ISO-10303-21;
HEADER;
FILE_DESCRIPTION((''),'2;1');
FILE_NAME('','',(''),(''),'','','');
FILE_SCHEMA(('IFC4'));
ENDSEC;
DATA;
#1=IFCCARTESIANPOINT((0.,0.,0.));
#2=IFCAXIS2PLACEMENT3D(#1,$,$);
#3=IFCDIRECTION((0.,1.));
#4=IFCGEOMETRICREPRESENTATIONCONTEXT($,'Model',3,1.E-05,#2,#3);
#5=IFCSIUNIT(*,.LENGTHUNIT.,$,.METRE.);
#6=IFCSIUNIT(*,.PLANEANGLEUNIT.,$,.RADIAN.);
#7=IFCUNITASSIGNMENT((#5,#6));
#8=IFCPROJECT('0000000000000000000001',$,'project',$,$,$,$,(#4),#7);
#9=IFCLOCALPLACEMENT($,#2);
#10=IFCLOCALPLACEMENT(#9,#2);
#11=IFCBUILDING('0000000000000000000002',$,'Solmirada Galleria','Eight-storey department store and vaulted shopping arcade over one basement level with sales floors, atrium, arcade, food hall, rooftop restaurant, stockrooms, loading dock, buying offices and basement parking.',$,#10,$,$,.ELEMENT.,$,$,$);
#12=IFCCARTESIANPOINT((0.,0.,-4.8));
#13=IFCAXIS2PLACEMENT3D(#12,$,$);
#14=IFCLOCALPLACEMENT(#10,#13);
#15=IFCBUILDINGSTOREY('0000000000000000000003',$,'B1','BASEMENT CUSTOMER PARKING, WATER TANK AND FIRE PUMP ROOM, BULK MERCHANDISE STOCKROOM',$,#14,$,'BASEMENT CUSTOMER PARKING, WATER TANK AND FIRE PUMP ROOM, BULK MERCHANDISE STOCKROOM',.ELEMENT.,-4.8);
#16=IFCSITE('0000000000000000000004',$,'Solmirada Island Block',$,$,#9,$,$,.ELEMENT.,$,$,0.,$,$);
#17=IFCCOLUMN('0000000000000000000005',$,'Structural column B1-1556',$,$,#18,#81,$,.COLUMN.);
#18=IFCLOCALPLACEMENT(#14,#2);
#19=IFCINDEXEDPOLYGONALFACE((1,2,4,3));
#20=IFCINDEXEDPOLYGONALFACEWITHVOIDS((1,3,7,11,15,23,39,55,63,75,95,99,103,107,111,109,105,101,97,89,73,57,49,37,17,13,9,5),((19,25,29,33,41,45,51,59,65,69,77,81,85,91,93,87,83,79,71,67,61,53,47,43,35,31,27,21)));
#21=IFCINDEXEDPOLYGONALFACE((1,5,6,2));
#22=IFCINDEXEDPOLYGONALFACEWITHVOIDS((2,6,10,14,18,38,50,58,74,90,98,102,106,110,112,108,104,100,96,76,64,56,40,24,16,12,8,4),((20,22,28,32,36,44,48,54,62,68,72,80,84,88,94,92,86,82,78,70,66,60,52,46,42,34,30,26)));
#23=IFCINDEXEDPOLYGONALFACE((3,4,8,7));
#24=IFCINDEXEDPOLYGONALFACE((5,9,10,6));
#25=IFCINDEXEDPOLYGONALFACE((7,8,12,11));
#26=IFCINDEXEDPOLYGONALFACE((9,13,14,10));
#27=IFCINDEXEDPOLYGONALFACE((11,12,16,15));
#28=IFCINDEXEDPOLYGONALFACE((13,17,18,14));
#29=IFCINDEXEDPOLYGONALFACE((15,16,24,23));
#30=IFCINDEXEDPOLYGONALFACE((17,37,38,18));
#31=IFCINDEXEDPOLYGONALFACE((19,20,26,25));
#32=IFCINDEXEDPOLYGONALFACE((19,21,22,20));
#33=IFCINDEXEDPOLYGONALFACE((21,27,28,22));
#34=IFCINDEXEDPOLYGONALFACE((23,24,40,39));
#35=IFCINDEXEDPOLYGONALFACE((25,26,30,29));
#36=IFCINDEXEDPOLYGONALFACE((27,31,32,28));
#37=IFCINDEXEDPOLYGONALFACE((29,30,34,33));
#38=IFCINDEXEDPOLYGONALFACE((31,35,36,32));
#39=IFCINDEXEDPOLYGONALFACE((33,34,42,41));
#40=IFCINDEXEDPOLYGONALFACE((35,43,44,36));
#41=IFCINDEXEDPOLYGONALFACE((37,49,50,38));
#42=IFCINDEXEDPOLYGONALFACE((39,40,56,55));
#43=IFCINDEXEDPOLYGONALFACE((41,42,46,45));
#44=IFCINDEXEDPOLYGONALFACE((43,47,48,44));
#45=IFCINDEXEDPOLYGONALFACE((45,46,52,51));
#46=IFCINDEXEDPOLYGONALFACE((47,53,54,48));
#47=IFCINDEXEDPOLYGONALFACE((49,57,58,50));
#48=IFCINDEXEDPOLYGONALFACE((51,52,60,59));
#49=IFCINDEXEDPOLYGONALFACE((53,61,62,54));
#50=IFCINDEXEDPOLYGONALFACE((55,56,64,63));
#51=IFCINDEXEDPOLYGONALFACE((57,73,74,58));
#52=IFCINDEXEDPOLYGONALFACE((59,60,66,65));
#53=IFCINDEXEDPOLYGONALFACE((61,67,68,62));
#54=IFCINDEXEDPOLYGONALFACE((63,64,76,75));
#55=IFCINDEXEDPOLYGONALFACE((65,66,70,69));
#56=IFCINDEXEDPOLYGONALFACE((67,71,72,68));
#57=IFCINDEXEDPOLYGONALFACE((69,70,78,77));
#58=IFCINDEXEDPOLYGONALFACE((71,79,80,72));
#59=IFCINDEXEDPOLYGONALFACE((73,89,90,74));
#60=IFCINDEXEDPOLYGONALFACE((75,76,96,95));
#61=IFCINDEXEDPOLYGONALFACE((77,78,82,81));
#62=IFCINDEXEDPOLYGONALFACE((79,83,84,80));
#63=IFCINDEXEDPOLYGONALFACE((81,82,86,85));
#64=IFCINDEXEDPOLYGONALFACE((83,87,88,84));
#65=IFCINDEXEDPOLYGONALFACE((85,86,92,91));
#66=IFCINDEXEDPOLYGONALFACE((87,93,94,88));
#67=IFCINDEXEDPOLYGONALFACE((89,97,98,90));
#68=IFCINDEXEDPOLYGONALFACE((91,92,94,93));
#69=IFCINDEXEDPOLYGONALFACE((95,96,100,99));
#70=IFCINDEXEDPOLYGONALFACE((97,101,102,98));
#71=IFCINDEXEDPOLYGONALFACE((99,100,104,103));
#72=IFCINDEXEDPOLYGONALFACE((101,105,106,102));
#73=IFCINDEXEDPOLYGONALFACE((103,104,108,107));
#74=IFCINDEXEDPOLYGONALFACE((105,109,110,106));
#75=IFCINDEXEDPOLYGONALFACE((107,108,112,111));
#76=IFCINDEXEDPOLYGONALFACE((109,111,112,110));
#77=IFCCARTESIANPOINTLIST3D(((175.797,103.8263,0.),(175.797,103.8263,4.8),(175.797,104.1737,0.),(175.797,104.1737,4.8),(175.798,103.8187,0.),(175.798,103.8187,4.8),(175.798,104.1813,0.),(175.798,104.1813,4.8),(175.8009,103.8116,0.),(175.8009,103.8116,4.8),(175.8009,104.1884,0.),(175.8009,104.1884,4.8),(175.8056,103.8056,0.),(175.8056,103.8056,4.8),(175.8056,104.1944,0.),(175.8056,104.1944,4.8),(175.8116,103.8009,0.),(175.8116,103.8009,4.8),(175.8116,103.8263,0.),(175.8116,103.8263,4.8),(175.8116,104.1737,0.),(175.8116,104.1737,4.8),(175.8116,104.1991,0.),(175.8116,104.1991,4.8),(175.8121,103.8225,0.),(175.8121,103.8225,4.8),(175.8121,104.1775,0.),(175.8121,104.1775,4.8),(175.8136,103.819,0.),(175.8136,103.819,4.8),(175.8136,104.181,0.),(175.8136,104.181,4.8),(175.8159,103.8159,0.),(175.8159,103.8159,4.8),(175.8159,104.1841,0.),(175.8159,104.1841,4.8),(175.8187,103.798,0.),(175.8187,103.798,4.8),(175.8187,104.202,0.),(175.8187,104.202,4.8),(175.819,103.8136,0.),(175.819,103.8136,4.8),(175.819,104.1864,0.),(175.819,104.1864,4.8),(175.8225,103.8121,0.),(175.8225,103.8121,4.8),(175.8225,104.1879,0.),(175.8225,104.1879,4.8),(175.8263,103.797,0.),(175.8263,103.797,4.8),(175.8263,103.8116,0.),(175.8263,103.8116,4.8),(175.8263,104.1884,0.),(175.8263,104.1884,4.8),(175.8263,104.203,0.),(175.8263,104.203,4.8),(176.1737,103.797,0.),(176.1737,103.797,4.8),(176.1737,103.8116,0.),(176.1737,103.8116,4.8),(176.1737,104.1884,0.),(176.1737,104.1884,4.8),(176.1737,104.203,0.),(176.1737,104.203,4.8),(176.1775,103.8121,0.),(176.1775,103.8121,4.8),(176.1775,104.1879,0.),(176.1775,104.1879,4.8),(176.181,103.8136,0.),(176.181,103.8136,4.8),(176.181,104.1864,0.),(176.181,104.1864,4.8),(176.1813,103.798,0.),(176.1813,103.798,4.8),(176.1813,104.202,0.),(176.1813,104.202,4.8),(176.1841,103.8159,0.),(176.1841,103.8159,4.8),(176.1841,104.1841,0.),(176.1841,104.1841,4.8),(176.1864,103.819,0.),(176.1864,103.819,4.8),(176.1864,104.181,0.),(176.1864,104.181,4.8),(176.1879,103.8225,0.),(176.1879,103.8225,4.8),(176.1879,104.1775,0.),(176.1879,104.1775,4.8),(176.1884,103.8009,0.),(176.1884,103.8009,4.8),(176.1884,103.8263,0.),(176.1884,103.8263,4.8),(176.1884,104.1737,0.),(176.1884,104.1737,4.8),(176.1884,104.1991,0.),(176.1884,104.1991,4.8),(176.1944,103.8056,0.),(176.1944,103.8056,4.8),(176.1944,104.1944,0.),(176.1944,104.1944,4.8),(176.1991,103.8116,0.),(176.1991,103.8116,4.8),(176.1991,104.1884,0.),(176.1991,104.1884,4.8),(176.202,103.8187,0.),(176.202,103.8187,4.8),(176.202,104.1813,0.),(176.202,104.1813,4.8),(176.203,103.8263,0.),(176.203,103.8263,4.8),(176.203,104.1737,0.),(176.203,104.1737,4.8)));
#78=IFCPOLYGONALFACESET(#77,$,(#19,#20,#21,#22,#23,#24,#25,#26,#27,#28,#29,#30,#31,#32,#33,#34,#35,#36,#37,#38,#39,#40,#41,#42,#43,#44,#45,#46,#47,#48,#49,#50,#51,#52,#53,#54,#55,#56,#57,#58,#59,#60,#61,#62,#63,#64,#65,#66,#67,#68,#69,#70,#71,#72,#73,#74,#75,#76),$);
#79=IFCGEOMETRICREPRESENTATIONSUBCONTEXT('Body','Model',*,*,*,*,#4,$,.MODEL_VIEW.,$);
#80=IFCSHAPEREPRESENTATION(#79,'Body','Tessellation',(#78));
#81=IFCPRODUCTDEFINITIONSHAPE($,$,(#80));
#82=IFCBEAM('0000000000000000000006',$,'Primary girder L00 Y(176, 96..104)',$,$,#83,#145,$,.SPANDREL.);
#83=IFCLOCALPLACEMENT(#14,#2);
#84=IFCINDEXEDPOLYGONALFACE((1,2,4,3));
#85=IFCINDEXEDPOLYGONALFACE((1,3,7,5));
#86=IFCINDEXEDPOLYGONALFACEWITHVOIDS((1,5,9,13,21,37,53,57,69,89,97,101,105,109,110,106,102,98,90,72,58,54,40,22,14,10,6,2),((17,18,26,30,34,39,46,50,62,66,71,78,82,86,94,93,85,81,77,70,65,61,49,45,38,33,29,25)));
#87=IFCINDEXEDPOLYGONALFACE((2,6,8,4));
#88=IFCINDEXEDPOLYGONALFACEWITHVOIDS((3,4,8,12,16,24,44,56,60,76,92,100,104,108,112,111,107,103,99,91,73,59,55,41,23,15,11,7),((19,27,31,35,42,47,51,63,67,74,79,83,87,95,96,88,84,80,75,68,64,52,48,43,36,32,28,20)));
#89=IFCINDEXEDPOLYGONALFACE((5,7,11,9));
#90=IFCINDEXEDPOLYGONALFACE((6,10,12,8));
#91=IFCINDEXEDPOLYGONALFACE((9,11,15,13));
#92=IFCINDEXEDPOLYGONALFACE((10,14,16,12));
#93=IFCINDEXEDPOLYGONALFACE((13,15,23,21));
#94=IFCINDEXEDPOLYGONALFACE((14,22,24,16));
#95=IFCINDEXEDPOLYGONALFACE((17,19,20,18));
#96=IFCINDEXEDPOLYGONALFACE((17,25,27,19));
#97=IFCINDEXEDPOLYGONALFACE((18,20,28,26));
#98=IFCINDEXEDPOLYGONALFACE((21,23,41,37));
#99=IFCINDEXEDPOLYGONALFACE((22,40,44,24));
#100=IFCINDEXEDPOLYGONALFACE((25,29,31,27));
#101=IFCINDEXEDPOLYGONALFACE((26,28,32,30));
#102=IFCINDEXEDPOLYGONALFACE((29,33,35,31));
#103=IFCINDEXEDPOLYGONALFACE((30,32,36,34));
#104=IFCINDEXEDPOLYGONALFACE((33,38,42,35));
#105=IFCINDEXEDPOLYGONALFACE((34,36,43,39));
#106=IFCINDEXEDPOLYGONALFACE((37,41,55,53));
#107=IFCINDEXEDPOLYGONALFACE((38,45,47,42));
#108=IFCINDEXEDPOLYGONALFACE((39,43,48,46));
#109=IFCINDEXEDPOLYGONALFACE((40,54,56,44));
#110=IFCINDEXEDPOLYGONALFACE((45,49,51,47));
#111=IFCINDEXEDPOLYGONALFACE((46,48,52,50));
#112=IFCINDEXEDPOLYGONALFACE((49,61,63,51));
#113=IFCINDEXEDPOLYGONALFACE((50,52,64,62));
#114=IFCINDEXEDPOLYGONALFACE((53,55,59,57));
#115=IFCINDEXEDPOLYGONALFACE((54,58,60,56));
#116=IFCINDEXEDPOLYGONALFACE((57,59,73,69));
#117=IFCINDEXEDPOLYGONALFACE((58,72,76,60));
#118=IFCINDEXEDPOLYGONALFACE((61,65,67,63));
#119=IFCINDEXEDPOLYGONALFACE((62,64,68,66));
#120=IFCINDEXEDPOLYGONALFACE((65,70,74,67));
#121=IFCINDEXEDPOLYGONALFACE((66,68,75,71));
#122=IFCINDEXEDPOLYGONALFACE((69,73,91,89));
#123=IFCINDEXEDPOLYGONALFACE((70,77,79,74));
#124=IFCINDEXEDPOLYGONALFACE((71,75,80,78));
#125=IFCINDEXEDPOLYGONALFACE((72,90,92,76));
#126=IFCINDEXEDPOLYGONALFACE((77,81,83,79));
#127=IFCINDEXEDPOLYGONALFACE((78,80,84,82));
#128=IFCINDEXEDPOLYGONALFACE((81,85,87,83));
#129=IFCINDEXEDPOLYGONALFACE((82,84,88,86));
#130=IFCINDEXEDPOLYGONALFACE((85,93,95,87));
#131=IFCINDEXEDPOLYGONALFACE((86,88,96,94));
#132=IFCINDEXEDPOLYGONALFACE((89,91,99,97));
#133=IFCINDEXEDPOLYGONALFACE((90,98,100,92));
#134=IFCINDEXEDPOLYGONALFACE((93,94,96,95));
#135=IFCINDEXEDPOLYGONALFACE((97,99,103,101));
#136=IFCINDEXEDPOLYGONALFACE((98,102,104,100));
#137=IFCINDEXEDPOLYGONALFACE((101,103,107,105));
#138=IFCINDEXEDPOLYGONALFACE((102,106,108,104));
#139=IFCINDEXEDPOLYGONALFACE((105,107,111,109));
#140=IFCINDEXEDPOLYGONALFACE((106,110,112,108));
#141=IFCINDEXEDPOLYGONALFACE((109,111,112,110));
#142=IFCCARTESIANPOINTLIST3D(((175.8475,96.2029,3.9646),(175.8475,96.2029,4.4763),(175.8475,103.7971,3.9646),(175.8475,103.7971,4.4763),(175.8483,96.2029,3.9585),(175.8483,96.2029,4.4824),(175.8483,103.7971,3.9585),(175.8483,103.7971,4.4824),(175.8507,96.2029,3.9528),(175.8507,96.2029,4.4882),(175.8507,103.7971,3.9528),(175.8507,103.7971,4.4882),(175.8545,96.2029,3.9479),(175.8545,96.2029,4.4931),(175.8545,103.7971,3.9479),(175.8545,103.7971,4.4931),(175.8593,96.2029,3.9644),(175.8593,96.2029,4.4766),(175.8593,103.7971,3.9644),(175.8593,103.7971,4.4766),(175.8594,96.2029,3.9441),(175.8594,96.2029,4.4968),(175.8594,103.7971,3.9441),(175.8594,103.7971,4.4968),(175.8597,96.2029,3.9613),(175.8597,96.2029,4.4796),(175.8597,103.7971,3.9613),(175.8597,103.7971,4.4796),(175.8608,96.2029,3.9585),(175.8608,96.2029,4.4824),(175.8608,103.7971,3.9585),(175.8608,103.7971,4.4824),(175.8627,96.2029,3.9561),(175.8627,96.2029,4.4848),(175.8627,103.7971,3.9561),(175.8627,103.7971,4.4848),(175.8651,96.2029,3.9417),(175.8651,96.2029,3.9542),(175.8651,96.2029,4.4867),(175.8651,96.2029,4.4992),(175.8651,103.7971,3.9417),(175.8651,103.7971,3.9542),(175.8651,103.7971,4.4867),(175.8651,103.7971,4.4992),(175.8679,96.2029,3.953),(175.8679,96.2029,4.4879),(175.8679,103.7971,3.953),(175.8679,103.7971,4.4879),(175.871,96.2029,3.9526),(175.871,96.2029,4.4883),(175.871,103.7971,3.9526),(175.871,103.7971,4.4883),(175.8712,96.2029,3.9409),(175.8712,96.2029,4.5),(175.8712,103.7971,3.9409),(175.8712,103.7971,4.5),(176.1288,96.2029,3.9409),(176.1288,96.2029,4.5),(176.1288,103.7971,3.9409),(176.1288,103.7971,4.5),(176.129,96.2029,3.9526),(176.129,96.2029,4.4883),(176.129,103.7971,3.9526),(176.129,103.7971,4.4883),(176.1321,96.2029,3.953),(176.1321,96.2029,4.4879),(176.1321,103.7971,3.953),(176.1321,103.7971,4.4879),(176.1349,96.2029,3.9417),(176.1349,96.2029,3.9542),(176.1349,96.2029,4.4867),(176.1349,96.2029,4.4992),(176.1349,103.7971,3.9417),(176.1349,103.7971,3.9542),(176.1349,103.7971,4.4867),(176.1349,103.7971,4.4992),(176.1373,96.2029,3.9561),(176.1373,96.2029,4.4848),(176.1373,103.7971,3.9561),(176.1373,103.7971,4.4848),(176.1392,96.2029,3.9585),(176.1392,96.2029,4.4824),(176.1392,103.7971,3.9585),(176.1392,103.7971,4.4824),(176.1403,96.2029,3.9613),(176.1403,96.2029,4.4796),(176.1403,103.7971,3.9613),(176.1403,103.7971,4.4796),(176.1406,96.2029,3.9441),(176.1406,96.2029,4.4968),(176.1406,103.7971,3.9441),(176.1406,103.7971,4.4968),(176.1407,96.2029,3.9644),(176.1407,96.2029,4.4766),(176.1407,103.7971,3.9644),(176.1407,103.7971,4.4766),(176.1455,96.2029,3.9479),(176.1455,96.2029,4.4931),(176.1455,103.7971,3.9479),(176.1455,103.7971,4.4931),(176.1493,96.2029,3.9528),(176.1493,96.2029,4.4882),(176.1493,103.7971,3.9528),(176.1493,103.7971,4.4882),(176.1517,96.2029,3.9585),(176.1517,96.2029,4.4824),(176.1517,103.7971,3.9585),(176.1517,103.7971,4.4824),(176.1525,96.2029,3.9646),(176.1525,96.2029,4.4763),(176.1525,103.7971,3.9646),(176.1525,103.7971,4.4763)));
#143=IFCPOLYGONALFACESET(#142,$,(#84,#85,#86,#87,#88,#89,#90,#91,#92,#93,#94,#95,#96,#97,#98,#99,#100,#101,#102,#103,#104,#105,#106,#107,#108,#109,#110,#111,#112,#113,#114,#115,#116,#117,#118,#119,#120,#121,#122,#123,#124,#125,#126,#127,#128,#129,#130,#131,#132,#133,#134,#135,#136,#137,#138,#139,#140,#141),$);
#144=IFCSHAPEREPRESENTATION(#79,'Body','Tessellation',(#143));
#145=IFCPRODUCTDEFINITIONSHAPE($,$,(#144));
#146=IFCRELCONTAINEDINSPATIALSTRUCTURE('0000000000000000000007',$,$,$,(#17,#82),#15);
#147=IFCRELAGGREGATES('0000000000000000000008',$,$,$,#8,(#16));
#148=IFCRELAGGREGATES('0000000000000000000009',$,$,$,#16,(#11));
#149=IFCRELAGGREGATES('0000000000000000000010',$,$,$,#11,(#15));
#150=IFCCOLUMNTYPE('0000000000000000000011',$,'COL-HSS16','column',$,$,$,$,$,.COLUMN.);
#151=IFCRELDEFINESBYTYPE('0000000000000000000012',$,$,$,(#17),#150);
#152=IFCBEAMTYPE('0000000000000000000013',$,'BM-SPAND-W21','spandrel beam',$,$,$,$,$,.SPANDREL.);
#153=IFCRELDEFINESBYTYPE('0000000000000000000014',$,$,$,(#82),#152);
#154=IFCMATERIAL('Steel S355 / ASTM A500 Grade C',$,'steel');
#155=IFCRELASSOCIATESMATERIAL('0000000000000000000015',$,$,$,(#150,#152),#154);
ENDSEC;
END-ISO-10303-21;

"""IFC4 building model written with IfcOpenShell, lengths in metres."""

from ifc_helpers import new_model, si_unit, direction, frame, origin, origin_2d, place, context, subcontext, project, spatial, hollow_rectangle, extrude, material, material_profile, profile_set, type_object, element, save


model = new_model("IFC4")

# Units and contexts
model_context = context("Model", 3, precision=1e-05, world=origin(), true_north=direction((0.0, 1.0)))
body_context = subcontext(model_context, "Body", "Model", "MODEL_VIEW")
ifc_project = project(units=[si_unit("LENGTHUNIT", "METRE"), si_unit("PLANEANGLEUNIT", "RADIAN")], contexts=[model_context])

# Site, building, storey
site_placement = place(None, origin())
site = spatial("IfcSite", under=ifc_project, at=site_placement, Name="Solmirada Island Block", CompositionType="ELEMENT", RefElevation=0.0)
building_placement = place(site_placement, origin())
building = spatial("IfcBuilding", under=site, at=building_placement, Name="Solmirada Galleria", Description="Eight-storey department store and vaulted shopping arcade over one basement level with sales floors, atrium, arcade, food hall, rooftop restaurant, stockrooms, loading dock, buying offices and basement parking.", CompositionType="ELEMENT")
storey_placement = place(building_placement, frame((0.0, 0.0, -4.8)))
storey = spatial("IfcBuildingStorey", under=building, at=storey_placement, Name="B1", Description="BASEMENT CUSTOMER PARKING, WATER TANK AND FIRE PUMP ROOM, BULK MERCHANDISE STOCKROOM", LongName="BASEMENT CUSTOMER PARKING, WATER TANK AND FIRE PUMP ROOM, BULK MERCHANDISE STOCKROOM", CompositionType="ELEMENT", Elevation=-4.8)

# Column
ifc_material_1 = material(Name="Steel S355 / ASTM A500 Grade C", Category="steel")
ifc_material_profile_1 = material_profile(ifc_material_1, hollow_rectangle(XDim=0.406, YDim=0.406, WallThickness=0.0146, InnerFilletRadius=0.0146, OuterFilletRadius=0.0293, at=origin_2d()), Name="HSS16X16X5/8")
ifc_profile_set_1 = profile_set([ifc_material_profile_1], Name="Steel S355 / ASTM A500 Grade C")
column_type = type_object("IfcColumnType", Name="COL-HSS16", Description="column", PredefinedType="COLUMN", material=ifc_profile_set_1)
for number, where, z_axis, x_axis, name in (
    (1, (176.0, 104.0, 0.0), (0.0, 0.0, 1.0), (1.0, 0.0, 0.0), "Structural column B1-1556"),
):
    element("IfcColumn", number, at=place(storey_placement, frame(where, z_axis=z_axis, x_axis=x_axis)), inside=storey, type_object=column_type, Name=name, PredefinedType="COLUMN", context=body_context, shape_type="SweptSolid", body=[
        extrude(hollow_rectangle(XDim=0.406, YDim=0.406, WallThickness=0.0146, InnerFilletRadius=0.0146, OuterFilletRadius=0.0293, at=origin_2d()), origin(), (0.0, 0.0, 1.0), 4.8),
    ])

# Beam
ifc_material_profile_2 = material_profile(ifc_material_1, hollow_rectangle(XDim=0.3049, YDim=0.5591, WallThickness=0.0117, InnerFilletRadius=0.0117, OuterFilletRadius=0.0237, at=origin_2d()), Name="HSS22X12X1/2")
ifc_profile_set_2 = profile_set([ifc_material_profile_2], Name="Steel S355 / ASTM A500 Grade C")
beam_type = type_object("IfcBeamType", Name="BM-SPAND-W21", Description="spandrel beam", PredefinedType="SPANDREL", material=ifc_profile_set_2)
for number, where, z_axis, x_axis, name in (
    (2, (176.0, 96.2029, 4.2205), (0.0, 1.0, 0.0), (-1.0, 0.0, 0.0), "Primary girder L00 Y(176, 96..104)"),
):
    element("IfcBeam", number, at=place(storey_placement, frame(where, z_axis=z_axis, x_axis=x_axis)), inside=storey, type_object=beam_type, Name=name, PredefinedType="SPANDREL", context=body_context, shape_type="SweptSolid", body=[
        extrude(hollow_rectangle(XDim=0.3049, YDim=0.5591, WallThickness=0.0117, InnerFilletRadius=0.0117, OuterFilletRadius=0.0237, at=origin_2d()), origin(), (0.0, 0.0, 1.0), 7.5942),
    ])

save(model, "model.ifc")
